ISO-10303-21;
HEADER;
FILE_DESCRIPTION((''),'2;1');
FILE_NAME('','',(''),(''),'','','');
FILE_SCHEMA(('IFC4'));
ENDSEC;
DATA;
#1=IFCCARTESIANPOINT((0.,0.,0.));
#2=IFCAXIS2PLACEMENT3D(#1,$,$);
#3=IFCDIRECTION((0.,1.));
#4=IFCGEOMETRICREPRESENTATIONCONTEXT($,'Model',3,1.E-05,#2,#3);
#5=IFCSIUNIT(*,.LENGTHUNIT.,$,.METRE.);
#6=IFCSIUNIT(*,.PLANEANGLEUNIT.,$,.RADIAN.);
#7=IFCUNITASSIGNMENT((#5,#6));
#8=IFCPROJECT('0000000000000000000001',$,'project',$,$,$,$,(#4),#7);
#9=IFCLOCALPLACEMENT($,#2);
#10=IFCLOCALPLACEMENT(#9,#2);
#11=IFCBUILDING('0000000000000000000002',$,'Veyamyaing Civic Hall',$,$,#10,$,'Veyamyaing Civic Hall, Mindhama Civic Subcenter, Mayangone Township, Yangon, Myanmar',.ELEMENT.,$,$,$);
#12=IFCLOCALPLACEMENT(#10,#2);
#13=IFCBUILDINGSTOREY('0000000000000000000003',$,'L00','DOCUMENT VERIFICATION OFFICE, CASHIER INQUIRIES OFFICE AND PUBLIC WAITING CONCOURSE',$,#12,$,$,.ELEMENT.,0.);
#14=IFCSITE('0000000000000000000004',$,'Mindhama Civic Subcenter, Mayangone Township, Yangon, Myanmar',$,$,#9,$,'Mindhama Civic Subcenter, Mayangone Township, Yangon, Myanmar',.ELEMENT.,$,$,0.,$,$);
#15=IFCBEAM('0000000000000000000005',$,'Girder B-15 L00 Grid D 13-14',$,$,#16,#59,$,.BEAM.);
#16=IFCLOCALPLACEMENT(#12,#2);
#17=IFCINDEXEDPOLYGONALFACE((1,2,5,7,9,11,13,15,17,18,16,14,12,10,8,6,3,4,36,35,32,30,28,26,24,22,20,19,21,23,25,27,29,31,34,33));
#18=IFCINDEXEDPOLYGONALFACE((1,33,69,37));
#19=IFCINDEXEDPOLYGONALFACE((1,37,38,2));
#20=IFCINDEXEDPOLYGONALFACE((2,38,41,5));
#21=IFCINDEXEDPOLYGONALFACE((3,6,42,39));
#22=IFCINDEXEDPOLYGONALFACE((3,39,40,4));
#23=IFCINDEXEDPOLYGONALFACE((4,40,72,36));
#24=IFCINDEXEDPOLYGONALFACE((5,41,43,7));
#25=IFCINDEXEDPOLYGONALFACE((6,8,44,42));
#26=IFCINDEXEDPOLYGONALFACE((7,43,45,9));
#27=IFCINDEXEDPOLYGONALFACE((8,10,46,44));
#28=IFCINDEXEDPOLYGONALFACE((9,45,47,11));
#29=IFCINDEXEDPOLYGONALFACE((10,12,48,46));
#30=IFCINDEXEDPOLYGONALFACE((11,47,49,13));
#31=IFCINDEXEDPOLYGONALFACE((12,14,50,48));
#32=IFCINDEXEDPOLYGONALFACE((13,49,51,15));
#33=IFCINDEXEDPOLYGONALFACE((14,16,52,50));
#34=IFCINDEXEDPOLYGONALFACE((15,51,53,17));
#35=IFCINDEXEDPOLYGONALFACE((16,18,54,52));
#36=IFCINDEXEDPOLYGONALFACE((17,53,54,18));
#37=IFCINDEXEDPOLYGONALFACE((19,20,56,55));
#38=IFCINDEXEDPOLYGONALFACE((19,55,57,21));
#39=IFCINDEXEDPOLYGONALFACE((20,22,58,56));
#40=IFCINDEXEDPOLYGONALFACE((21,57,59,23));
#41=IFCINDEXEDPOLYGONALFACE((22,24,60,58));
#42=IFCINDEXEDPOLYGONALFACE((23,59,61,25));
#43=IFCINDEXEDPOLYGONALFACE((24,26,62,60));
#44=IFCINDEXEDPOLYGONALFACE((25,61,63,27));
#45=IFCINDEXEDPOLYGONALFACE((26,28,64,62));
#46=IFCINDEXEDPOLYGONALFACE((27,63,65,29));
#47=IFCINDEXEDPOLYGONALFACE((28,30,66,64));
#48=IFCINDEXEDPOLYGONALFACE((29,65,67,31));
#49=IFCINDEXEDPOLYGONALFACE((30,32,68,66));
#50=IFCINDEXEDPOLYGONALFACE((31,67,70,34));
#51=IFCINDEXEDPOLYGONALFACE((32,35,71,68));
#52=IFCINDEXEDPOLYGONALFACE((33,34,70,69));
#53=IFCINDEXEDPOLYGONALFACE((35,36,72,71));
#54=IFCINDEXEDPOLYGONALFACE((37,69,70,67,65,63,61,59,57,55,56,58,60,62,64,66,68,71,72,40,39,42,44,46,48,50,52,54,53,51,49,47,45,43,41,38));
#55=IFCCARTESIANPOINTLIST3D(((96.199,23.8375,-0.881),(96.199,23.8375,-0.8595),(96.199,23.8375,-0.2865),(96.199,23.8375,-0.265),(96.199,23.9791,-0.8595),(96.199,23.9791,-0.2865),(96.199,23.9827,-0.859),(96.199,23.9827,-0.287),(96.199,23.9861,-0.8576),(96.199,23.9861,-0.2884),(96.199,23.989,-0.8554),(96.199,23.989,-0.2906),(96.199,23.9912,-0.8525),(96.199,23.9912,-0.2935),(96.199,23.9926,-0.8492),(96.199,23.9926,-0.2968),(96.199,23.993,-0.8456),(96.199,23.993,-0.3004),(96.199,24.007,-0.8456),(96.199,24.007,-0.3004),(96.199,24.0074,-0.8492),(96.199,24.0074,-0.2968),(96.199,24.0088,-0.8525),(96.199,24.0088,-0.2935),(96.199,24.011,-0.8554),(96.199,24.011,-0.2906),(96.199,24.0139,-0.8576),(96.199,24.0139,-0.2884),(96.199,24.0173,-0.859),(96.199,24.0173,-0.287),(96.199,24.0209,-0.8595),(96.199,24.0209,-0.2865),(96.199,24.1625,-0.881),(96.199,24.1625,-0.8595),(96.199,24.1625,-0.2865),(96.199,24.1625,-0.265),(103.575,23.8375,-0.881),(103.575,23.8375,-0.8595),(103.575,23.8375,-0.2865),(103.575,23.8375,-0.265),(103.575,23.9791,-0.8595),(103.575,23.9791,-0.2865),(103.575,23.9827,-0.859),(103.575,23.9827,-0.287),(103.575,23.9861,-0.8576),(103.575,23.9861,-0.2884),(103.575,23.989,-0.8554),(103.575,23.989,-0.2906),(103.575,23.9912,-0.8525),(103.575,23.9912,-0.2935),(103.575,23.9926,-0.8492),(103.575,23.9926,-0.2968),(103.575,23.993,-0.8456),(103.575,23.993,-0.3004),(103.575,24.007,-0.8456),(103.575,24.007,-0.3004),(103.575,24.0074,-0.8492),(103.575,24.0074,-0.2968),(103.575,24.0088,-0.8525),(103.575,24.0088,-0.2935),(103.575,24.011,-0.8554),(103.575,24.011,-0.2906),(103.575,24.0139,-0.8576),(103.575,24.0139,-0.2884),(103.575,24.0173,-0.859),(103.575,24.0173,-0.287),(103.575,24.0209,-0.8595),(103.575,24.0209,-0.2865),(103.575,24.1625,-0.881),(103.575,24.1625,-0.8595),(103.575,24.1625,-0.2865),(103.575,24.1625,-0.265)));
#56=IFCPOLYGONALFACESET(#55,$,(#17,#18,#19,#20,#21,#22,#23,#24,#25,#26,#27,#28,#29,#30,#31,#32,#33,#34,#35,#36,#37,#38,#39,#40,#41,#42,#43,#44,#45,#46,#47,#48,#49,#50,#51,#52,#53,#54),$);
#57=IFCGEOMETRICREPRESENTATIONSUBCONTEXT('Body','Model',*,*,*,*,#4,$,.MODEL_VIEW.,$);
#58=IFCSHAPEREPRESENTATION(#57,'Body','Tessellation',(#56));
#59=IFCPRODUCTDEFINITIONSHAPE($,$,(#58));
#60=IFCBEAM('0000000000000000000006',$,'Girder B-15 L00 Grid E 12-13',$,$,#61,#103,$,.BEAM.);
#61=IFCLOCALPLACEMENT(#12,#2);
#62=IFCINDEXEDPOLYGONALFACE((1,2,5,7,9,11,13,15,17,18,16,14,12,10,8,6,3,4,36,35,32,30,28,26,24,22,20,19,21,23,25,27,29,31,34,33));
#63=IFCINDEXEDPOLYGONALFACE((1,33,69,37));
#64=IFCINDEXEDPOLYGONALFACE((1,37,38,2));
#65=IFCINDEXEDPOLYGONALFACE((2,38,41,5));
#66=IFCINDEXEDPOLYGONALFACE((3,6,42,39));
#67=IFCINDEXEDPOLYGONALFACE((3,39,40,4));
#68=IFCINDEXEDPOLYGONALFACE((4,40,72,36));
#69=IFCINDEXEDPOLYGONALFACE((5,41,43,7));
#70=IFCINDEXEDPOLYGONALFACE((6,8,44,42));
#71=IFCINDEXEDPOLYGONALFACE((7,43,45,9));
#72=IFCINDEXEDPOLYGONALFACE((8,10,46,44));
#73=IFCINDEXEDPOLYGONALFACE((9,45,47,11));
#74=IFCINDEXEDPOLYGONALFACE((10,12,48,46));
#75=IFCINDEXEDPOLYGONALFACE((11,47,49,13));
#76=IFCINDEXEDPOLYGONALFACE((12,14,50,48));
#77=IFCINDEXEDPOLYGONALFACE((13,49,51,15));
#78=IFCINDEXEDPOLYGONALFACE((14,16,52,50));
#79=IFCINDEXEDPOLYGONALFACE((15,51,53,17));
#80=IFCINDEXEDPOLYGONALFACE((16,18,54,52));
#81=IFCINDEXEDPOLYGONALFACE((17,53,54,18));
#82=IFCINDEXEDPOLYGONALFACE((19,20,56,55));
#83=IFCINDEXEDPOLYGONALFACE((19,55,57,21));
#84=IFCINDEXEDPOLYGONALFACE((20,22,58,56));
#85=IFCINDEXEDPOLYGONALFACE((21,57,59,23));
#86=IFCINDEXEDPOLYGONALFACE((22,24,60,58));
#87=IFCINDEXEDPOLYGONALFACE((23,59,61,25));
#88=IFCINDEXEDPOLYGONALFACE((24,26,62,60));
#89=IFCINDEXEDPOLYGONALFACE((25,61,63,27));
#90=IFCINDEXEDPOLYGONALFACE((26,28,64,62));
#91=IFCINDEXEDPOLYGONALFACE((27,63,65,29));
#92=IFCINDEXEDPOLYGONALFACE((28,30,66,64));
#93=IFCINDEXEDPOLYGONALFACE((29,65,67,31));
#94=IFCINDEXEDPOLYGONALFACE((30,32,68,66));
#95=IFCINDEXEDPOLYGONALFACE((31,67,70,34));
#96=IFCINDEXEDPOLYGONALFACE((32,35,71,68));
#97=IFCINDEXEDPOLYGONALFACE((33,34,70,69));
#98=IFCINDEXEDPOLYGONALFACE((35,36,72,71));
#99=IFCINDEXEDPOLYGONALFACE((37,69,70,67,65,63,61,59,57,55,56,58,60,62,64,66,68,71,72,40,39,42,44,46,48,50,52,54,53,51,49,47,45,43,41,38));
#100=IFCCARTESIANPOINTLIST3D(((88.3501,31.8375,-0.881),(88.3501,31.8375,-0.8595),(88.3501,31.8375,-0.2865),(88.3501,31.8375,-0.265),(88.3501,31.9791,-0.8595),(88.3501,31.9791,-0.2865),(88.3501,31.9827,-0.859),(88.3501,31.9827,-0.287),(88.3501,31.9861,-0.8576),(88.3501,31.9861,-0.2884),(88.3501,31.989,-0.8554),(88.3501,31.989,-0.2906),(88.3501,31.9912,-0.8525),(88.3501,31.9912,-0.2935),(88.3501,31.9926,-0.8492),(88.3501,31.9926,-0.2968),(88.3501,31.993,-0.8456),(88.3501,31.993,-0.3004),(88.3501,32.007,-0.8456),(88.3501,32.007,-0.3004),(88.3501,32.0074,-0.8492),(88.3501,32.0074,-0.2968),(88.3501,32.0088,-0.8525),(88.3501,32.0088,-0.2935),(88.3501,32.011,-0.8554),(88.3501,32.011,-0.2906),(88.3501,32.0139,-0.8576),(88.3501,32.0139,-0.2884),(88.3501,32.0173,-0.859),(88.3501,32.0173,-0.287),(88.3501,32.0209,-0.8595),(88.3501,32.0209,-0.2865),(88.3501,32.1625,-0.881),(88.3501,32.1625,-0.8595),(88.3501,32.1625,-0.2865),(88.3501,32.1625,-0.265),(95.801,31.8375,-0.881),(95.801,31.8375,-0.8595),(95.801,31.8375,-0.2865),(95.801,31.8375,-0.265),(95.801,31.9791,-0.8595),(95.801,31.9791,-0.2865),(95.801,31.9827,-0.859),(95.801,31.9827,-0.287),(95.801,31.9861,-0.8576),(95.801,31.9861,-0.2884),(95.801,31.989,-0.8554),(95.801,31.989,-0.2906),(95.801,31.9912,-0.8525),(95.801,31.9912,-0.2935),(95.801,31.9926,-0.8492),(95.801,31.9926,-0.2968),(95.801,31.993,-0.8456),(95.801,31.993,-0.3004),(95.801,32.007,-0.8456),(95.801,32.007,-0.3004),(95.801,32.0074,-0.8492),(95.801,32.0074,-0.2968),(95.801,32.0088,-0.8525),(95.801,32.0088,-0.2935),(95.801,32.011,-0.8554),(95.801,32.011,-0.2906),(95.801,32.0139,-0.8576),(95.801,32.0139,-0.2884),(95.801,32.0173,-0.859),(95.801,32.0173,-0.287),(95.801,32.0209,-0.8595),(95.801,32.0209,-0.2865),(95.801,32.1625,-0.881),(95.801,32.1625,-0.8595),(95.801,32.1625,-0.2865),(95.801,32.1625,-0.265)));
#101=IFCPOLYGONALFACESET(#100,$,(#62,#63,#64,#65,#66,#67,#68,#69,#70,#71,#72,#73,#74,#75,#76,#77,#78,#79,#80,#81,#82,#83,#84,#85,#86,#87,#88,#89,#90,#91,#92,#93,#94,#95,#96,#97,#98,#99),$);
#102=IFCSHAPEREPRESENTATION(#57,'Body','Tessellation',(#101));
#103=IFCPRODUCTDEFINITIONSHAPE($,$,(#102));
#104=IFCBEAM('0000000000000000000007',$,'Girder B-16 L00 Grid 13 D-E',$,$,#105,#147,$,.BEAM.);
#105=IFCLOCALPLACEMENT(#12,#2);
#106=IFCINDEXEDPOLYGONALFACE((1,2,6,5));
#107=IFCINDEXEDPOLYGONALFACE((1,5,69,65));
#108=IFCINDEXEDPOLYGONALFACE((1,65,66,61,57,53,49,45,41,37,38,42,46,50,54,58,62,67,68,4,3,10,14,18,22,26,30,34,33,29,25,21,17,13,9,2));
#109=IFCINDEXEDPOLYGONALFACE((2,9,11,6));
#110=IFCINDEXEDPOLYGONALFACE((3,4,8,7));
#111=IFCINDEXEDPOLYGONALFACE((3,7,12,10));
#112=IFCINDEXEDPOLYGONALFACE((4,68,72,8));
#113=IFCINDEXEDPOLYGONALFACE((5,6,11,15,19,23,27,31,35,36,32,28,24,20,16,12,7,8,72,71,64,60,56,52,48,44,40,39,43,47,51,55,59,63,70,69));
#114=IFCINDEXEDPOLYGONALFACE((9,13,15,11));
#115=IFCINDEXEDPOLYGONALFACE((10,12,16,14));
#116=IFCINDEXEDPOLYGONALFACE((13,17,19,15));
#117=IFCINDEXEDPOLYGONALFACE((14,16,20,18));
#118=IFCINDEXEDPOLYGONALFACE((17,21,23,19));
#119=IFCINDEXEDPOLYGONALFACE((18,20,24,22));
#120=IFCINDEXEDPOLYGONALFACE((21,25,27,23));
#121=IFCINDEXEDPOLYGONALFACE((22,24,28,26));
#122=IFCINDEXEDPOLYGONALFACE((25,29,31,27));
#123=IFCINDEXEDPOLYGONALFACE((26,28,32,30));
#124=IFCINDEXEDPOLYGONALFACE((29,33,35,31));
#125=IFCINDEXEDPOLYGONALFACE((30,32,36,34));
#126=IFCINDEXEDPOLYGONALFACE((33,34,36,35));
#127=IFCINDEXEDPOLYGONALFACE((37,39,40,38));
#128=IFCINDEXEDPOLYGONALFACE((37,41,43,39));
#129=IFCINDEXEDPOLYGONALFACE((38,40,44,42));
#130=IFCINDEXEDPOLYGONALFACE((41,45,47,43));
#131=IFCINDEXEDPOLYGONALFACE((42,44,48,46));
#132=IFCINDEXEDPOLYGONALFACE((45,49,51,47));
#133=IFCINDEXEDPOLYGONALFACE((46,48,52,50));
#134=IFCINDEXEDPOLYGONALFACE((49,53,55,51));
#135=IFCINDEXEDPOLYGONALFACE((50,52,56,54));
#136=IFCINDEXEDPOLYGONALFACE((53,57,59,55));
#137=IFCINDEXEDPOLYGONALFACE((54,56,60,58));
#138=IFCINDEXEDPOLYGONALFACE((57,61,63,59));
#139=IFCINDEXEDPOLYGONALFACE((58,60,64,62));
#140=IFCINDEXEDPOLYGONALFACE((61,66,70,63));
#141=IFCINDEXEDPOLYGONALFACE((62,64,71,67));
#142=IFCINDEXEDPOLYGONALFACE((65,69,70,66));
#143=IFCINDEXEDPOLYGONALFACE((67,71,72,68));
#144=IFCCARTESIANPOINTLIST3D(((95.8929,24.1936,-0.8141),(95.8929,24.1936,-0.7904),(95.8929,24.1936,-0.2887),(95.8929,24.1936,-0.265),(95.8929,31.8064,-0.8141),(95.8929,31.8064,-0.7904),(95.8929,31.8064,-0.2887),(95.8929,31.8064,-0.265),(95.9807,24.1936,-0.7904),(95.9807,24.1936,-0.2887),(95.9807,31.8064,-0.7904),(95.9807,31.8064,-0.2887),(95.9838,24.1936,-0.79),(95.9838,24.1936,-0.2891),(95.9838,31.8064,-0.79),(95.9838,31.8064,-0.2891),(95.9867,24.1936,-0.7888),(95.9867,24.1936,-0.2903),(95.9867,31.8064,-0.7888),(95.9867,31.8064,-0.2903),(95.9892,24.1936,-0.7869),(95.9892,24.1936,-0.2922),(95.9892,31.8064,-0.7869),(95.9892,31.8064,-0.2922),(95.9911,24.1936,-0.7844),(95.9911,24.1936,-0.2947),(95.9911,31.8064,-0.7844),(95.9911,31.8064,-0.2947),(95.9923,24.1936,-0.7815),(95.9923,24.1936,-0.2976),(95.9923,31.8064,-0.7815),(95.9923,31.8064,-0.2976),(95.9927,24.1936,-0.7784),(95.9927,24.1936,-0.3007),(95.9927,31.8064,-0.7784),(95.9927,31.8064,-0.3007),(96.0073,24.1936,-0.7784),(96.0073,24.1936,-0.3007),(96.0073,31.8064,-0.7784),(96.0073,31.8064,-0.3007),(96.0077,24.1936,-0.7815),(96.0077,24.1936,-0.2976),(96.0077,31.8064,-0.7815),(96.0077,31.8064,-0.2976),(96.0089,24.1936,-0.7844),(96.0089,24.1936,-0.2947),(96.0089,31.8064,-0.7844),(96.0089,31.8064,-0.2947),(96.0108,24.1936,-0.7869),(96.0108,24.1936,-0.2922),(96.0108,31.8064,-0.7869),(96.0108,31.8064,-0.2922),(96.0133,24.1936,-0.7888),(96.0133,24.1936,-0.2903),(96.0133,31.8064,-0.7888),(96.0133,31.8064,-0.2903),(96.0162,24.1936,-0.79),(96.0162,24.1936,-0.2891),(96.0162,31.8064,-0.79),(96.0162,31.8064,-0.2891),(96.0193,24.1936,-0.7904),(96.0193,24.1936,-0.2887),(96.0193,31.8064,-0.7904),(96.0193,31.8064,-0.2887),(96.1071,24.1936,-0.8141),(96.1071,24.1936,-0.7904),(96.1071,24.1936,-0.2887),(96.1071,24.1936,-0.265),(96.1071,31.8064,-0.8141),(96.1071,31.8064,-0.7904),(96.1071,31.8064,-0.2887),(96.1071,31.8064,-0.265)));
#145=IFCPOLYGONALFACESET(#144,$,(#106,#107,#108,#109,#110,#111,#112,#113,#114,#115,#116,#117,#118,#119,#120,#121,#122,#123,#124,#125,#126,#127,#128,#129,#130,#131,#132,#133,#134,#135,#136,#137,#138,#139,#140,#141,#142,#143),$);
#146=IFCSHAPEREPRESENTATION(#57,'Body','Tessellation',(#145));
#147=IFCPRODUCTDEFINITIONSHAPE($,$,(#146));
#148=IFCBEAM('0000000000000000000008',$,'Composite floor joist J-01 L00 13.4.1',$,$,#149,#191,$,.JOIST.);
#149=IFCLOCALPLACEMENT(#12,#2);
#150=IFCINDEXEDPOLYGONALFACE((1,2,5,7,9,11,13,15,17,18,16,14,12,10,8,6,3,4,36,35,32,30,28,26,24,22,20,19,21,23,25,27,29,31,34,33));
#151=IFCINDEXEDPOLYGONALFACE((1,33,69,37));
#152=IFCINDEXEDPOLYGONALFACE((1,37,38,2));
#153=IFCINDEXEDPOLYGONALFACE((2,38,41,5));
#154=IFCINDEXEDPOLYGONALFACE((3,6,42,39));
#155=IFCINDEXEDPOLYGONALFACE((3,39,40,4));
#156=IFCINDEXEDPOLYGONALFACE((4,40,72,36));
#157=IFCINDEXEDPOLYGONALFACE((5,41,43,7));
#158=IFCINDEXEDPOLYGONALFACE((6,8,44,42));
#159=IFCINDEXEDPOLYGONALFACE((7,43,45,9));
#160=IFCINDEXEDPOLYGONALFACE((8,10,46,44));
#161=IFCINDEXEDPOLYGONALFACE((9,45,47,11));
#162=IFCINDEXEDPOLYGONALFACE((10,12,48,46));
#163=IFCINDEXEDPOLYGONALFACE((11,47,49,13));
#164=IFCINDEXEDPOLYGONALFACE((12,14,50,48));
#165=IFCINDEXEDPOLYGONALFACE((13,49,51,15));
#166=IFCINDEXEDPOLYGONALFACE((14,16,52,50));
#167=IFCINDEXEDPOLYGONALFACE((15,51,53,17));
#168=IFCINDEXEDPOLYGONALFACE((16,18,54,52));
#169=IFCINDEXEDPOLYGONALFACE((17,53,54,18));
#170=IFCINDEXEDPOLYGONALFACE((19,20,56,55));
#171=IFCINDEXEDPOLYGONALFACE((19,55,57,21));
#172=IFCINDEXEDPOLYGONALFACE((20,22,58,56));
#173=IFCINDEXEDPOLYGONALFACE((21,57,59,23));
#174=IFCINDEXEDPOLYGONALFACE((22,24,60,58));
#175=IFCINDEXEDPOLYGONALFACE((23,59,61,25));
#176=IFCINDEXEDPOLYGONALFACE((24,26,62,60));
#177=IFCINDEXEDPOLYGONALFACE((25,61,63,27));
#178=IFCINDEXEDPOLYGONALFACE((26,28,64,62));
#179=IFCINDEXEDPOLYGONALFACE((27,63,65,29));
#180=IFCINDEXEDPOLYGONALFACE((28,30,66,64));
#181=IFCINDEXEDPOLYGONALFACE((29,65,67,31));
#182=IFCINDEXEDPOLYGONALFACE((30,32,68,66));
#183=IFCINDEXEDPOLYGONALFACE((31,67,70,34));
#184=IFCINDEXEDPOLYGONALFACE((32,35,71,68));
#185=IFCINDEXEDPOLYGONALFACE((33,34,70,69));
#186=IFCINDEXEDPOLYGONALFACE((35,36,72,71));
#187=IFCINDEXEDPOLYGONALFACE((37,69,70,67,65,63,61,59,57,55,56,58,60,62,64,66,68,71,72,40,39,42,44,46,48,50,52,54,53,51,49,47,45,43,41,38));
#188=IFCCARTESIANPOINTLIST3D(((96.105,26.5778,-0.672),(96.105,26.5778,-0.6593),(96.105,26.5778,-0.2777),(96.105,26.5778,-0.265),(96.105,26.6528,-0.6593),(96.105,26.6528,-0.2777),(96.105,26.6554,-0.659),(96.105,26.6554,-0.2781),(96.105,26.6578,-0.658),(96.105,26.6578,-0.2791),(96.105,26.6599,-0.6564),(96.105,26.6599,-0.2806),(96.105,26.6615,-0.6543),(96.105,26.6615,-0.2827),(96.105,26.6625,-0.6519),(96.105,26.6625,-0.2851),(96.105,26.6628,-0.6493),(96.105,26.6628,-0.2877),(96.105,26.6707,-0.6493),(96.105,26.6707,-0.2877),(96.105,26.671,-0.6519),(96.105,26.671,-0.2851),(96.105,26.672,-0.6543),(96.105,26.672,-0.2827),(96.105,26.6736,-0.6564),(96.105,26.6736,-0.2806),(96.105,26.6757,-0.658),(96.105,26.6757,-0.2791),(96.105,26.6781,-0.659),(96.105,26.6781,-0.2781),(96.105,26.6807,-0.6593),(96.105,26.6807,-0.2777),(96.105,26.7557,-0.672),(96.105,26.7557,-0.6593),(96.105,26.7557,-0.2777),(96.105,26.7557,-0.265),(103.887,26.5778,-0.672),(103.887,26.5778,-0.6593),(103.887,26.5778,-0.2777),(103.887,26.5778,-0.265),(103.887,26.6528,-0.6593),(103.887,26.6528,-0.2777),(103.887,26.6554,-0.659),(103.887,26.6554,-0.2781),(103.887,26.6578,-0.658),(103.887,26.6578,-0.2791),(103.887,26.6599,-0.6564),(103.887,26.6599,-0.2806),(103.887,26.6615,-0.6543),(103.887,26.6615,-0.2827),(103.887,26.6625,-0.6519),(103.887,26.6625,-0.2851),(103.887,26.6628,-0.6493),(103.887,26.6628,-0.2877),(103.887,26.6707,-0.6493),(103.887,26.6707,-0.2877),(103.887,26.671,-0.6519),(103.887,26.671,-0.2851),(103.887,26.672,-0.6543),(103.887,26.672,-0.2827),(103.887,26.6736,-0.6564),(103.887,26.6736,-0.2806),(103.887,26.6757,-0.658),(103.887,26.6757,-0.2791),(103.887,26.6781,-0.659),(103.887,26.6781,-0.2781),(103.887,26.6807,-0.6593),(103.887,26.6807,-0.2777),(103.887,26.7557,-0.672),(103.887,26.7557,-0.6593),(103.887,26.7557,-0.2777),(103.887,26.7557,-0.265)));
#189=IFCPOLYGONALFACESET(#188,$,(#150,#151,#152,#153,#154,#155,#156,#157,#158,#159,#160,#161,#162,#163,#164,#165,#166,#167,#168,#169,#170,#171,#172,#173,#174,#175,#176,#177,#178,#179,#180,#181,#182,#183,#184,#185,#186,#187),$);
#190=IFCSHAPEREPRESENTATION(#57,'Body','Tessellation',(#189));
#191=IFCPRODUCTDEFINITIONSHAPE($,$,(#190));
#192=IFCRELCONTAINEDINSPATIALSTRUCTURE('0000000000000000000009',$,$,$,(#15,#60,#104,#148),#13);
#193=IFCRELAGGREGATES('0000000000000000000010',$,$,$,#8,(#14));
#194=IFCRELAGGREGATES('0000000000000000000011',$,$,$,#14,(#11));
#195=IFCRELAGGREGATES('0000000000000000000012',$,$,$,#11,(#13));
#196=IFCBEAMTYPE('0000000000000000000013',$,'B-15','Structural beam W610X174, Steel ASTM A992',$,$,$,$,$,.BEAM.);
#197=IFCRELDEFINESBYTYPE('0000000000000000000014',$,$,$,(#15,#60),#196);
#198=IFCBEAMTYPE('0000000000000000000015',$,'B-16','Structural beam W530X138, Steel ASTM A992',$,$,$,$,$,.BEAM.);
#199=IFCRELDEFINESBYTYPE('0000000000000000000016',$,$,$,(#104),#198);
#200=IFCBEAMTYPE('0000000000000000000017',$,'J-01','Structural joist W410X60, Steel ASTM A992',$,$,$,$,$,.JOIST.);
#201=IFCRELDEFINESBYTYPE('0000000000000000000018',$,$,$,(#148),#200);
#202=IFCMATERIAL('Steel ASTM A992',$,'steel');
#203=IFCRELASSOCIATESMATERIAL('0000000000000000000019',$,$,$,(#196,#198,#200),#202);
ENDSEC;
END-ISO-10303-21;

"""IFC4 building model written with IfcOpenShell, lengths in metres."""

from ifc_helpers import new_model, si_unit, direction, frame, origin, origin_2d, place, context, subcontext, project, spatial, i_section, extrude, material, material_profile, profile_set, type_object, element, save


model = new_model("IFC4")

# Units and contexts
model_context = context("Model", 3, precision=1e-05, world=origin(), true_north=direction((0.0, 1.0)))
body_context = subcontext(model_context, "Body", "Model", "MODEL_VIEW")
ifc_project = project(units=[si_unit("LENGTHUNIT", "METRE"), si_unit("PLANEANGLEUNIT", "RADIAN")], contexts=[model_context])

# Site, building, storey
site_placement = place(None, origin())
site = spatial("IfcSite", under=ifc_project, at=site_placement, Name="Mindhama Civic Subcenter, Mayangone Township, Yangon, Myanmar", LongName="Mindhama Civic Subcenter, Mayangone Township, Yangon, Myanmar", CompositionType="ELEMENT", RefElevation=0.0)
building_placement = place(site_placement, origin())
building = spatial("IfcBuilding", under=site, at=building_placement, Name="Veyamyaing Civic Hall", LongName="Veyamyaing Civic Hall, Mindhama Civic Subcenter, Mayangone Township, Yangon, Myanmar", CompositionType="ELEMENT")
storey_placement = place(building_placement, origin())
storey = spatial("IfcBuildingStorey", under=building, at=storey_placement, Name="L00", Description="DOCUMENT VERIFICATION OFFICE, CASHIER INQUIRIES OFFICE AND PUBLIC WAITING CONCOURSE", CompositionType="ELEMENT", Elevation=0.0)

# Beams
ifc_material_1 = material(Name="Steel ASTM A992", Category="steel")
ifc_material_profile_1 = material_profile(ifc_material_1, i_section(OverallWidth=0.325, OverallDepth=0.616, WebThickness=0.0139, FlangeThickness=0.0215, FilletRadius=0.0139, at=origin_2d()), Name="W610X174")
ifc_profile_set_1 = profile_set([ifc_material_profile_1], Name="Steel ASTM A992")
beam_type_1 = type_object("IfcBeamType", Name="B-15", Description="Structural beam W610X174, Steel ASTM A992", PredefinedType="BEAM", material=ifc_profile_set_1)
beam_1_placement = place(storey_placement, frame((96.199, 24.0, -0.573), z_axis=(1.0, 0.0, 0.0), x_axis=(0.0, 1.0, 0.0)))
element("IfcBeam", 1, at=beam_1_placement, inside=storey, type_object=beam_type_1, Name="Girder B-15 L00 Grid D 13-14", PredefinedType="BEAM", context=body_context, shape_type="SweptSolid", body=[
    extrude(i_section(OverallWidth=0.325, OverallDepth=0.616, WebThickness=0.0139, FlangeThickness=0.0215, FilletRadius=0.0139, at=origin_2d()), origin(), (0.0, 0.0, 1.0), 7.376),
])
beam_2_placement = place(storey_placement, frame((88.3501, 32.0, -0.573), z_axis=(1.0, 0.0, 0.0), x_axis=(0.0, 1.0, 0.0)))
element("IfcBeam", 2, at=beam_2_placement, inside=storey, type_object=beam_type_1, Name="Girder B-15 L00 Grid E 12-13", PredefinedType="BEAM", context=body_context, shape_type="SweptSolid", body=[
    extrude(i_section(OverallWidth=0.325, OverallDepth=0.616, WebThickness=0.0139, FlangeThickness=0.0215, FilletRadius=0.0139, at=origin_2d()), origin(), (0.0, 0.0, 1.0), 7.4509),
])
ifc_material_profile_2 = material_profile(ifc_material_1, i_section(OverallWidth=0.2141, OverallDepth=0.5491, WebThickness=0.0146, FlangeThickness=0.0237, FilletRadius=0.012, at=origin_2d()), Name="W530X138")
ifc_profile_set_2 = profile_set([ifc_material_profile_2], Name="Steel ASTM A992")
beam_type_2 = type_object("IfcBeamType", Name="B-16", Description="Structural beam W530X138, Steel ASTM A992", PredefinedType="BEAM", material=ifc_profile_set_2)
beam_3_placement = place(storey_placement, frame((96.0, 24.1936, -0.5396), z_axis=(0.0, 1.0, 0.0), x_axis=(-1.0, 0.0, 0.0)))
element("IfcBeam", 3, at=beam_3_placement, inside=storey, type_object=beam_type_2, Name="Girder B-16 L00 Grid 13 D-E", PredefinedType="BEAM", context=body_context, shape_type="SweptSolid", body=[
    extrude(i_section(OverallWidth=0.2141, OverallDepth=0.5491, WebThickness=0.0146, FlangeThickness=0.0237, FilletRadius=0.012, at=origin_2d()), origin(), (0.0, 0.0, 1.0), 7.6128),
])
ifc_material_profile_3 = material_profile(ifc_material_1, i_section(OverallWidth=0.178, OverallDepth=0.407, WebThickness=0.0078, FlangeThickness=0.0127, FilletRadius=0.01, at=origin_2d()), Name="W410X60")
ifc_profile_set_3 = profile_set([ifc_material_profile_3], Name="Steel ASTM A992")
beam_type_3 = type_object("IfcBeamType", Name="J-01", Description="Structural joist W410X60, Steel ASTM A992", PredefinedType="JOIST", material=ifc_profile_set_3)
for number, where, z_axis, x_axis, name in (
    (4, (96.105, 26.6667, -0.4685), (1.0, 0.0, 0.0), (0.0, 1.0, 0.0), "Composite floor joist J-01 L00 13.4.1"),
):
    element("IfcBeam", number, at=place(storey_placement, frame(where, z_axis=z_axis, x_axis=x_axis)), inside=storey, type_object=beam_type_3, Name=name, PredefinedType="JOIST", context=body_context, shape_type="SweptSolid", body=[
        extrude(i_section(OverallWidth=0.178, OverallDepth=0.407, WebThickness=0.0078, FlangeThickness=0.0127, FilletRadius=0.01, at=origin_2d()), origin(), (0.0, 0.0, 1.0), 7.782),
    ])

save(model, "model.ifc")
